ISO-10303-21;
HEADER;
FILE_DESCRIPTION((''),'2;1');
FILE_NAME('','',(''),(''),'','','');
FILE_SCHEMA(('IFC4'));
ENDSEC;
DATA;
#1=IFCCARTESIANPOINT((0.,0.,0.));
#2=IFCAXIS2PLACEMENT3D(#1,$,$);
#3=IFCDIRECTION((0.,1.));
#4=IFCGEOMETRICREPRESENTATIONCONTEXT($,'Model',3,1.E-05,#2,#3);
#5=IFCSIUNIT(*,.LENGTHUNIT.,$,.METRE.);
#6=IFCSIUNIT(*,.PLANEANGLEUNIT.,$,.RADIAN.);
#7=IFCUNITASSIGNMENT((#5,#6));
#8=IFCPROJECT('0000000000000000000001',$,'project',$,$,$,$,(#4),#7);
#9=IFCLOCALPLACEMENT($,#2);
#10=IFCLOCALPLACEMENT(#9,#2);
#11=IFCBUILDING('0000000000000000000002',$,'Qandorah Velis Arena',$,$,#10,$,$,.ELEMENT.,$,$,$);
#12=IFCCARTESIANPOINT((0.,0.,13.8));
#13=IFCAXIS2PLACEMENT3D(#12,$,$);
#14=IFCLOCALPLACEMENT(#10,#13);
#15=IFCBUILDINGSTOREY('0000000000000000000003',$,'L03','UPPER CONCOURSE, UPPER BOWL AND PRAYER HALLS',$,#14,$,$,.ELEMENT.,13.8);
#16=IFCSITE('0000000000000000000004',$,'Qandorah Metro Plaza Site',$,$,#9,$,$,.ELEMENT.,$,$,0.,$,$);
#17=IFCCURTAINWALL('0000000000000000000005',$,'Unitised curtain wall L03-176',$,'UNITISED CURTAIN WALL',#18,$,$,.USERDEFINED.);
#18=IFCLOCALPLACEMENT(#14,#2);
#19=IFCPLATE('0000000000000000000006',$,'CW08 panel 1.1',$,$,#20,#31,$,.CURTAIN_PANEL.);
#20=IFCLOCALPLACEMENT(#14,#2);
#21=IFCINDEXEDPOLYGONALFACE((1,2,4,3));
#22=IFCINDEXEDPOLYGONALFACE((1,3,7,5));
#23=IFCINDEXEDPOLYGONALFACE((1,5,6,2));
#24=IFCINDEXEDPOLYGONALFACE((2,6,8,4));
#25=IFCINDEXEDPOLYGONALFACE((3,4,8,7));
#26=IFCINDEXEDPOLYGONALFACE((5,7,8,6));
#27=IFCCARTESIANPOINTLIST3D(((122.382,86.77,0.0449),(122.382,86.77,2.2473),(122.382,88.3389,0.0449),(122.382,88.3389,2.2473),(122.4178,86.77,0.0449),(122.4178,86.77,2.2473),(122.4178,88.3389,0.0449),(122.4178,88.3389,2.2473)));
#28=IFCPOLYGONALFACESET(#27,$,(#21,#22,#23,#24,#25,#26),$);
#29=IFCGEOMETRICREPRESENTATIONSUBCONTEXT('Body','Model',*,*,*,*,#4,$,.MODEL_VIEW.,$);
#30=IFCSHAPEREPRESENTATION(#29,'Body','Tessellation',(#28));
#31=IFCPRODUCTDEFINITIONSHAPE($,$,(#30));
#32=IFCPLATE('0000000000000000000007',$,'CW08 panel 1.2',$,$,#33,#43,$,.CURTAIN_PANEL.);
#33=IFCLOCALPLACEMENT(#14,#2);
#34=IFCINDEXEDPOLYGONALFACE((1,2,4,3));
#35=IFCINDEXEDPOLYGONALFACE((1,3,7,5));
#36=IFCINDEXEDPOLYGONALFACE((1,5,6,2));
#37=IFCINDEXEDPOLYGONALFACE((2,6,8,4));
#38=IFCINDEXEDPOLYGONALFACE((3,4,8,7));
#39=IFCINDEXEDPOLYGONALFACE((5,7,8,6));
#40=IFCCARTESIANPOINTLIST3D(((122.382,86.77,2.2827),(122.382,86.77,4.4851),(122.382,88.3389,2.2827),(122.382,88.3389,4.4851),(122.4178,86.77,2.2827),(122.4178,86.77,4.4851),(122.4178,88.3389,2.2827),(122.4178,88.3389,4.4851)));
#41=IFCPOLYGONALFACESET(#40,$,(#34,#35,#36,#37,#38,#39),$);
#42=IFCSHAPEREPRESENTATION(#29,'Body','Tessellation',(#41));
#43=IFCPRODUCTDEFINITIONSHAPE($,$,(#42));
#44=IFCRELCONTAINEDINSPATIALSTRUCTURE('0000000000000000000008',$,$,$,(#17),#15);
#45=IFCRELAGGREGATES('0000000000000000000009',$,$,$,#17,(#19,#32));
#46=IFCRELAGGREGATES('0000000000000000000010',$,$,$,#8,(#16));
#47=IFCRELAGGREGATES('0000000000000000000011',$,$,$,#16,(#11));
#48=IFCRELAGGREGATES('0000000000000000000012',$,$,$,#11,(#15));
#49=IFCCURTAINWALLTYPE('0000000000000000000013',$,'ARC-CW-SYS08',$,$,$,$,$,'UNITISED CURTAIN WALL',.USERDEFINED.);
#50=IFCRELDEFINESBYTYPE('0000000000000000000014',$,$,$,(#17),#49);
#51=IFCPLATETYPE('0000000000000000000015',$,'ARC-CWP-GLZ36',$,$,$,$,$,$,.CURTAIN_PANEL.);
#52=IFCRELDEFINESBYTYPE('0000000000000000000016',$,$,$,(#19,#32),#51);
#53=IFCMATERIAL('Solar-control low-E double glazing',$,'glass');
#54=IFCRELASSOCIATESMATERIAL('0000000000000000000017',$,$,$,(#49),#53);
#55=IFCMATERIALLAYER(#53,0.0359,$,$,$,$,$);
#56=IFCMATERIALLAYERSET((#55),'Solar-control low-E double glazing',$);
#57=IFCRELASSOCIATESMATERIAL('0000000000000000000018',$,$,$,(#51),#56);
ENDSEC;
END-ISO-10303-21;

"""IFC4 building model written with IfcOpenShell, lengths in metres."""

from ifc_helpers import new_model, si_unit, direction, frame, origin, origin_2d, place, context, subcontext, project, spatial, rectangle, extrude, material, layer, layer_set, type_object, element, aggregate, save


model = new_model("IFC4")

# Units and contexts
model_context = context("Model", 3, precision=1e-05, world=origin(), true_north=direction((0.0, 1.0)))
body_context = subcontext(model_context, "Body", "Model", "MODEL_VIEW")
ifc_project = project(units=[si_unit("LENGTHUNIT", "METRE"), si_unit("PLANEANGLEUNIT", "RADIAN")], contexts=[model_context])

# Site, building, storey
site_placement = place(None, origin())
site = spatial("IfcSite", under=ifc_project, at=site_placement, Name="Qandorah Metro Plaza Site", CompositionType="ELEMENT", RefElevation=0.0)
building_placement = place(site_placement, origin())
building = spatial("IfcBuilding", under=site, at=building_placement, Name="Qandorah Velis Arena", CompositionType="ELEMENT")
storey_placement = place(building_placement, frame((0.0, 0.0, 13.8)))
storey = spatial("IfcBuildingStorey", under=building, at=storey_placement, Name="L03", Description="UPPER CONCOURSE, UPPER BOWL AND PRAYER HALLS", CompositionType="ELEMENT", Elevation=13.8)

# Curtain wall
ifc_material_1 = material(Name="Solar-control low-E double glazing", Category="glass")
curtain_wall_type_1 = type_object("IfcCurtainWallType", Name="ARC-CW-SYS08", ElementType="UNITISED CURTAIN WALL", PredefinedType="USERDEFINED", material=ifc_material_1)
curtain_wall_1_placement = place(storey_placement, origin())
curtain_wall_1 = element("IfcCurtainWall", 1, at=curtain_wall_1_placement, inside=storey, type_object=curtain_wall_type_1, Name="Unitised curtain wall L03-176", ObjectType="UNITISED CURTAIN WALL", PredefinedType="USERDEFINED")

# Plates
ifc_layer = layer(ifc_material_1, 0.0359)
ifc_layer_set = layer_set([ifc_layer], Name="Solar-control low-E double glazing")
plate_type = type_object("IfcPlateType", Name="ARC-CWP-GLZ36", PredefinedType="CURTAIN_PANEL", material=ifc_layer_set)
plate_1_placement = place(storey_placement, frame((122.3999, 87.5544, 0.0449), z_axis=(0.0, 0.0, 1.0), x_axis=(0.0, 1.0, 0.0)))
plate_1 = element("IfcPlate", 2, at=plate_1_placement, type_object=plate_type, Name="CW08 panel 1.1", PredefinedType="CURTAIN_PANEL", context=body_context, shape_type="SweptSolid", body=[
    extrude(rectangle(XDim=1.5688, YDim=0.0359, at=origin_2d()), origin(), (0.0, 0.0, 1.0), 2.2024),
])
plate_2_placement = place(storey_placement, frame((122.3999, 87.5544, 2.2827), z_axis=(0.0, 0.0, 1.0), x_axis=(0.0, 1.0, 0.0)))
plate_2 = element("IfcPlate", 3, at=plate_2_placement, type_object=plate_type, Name="CW08 panel 1.2", PredefinedType="CURTAIN_PANEL", context=body_context, shape_type="SweptSolid", body=[
    extrude(rectangle(XDim=1.5688, YDim=0.0359, at=origin_2d()), origin(), (0.0, 0.0, 1.0), 2.2024),
])
aggregate(curtain_wall_1, [plate_1, plate_2])

save(model, "model.ifc")
